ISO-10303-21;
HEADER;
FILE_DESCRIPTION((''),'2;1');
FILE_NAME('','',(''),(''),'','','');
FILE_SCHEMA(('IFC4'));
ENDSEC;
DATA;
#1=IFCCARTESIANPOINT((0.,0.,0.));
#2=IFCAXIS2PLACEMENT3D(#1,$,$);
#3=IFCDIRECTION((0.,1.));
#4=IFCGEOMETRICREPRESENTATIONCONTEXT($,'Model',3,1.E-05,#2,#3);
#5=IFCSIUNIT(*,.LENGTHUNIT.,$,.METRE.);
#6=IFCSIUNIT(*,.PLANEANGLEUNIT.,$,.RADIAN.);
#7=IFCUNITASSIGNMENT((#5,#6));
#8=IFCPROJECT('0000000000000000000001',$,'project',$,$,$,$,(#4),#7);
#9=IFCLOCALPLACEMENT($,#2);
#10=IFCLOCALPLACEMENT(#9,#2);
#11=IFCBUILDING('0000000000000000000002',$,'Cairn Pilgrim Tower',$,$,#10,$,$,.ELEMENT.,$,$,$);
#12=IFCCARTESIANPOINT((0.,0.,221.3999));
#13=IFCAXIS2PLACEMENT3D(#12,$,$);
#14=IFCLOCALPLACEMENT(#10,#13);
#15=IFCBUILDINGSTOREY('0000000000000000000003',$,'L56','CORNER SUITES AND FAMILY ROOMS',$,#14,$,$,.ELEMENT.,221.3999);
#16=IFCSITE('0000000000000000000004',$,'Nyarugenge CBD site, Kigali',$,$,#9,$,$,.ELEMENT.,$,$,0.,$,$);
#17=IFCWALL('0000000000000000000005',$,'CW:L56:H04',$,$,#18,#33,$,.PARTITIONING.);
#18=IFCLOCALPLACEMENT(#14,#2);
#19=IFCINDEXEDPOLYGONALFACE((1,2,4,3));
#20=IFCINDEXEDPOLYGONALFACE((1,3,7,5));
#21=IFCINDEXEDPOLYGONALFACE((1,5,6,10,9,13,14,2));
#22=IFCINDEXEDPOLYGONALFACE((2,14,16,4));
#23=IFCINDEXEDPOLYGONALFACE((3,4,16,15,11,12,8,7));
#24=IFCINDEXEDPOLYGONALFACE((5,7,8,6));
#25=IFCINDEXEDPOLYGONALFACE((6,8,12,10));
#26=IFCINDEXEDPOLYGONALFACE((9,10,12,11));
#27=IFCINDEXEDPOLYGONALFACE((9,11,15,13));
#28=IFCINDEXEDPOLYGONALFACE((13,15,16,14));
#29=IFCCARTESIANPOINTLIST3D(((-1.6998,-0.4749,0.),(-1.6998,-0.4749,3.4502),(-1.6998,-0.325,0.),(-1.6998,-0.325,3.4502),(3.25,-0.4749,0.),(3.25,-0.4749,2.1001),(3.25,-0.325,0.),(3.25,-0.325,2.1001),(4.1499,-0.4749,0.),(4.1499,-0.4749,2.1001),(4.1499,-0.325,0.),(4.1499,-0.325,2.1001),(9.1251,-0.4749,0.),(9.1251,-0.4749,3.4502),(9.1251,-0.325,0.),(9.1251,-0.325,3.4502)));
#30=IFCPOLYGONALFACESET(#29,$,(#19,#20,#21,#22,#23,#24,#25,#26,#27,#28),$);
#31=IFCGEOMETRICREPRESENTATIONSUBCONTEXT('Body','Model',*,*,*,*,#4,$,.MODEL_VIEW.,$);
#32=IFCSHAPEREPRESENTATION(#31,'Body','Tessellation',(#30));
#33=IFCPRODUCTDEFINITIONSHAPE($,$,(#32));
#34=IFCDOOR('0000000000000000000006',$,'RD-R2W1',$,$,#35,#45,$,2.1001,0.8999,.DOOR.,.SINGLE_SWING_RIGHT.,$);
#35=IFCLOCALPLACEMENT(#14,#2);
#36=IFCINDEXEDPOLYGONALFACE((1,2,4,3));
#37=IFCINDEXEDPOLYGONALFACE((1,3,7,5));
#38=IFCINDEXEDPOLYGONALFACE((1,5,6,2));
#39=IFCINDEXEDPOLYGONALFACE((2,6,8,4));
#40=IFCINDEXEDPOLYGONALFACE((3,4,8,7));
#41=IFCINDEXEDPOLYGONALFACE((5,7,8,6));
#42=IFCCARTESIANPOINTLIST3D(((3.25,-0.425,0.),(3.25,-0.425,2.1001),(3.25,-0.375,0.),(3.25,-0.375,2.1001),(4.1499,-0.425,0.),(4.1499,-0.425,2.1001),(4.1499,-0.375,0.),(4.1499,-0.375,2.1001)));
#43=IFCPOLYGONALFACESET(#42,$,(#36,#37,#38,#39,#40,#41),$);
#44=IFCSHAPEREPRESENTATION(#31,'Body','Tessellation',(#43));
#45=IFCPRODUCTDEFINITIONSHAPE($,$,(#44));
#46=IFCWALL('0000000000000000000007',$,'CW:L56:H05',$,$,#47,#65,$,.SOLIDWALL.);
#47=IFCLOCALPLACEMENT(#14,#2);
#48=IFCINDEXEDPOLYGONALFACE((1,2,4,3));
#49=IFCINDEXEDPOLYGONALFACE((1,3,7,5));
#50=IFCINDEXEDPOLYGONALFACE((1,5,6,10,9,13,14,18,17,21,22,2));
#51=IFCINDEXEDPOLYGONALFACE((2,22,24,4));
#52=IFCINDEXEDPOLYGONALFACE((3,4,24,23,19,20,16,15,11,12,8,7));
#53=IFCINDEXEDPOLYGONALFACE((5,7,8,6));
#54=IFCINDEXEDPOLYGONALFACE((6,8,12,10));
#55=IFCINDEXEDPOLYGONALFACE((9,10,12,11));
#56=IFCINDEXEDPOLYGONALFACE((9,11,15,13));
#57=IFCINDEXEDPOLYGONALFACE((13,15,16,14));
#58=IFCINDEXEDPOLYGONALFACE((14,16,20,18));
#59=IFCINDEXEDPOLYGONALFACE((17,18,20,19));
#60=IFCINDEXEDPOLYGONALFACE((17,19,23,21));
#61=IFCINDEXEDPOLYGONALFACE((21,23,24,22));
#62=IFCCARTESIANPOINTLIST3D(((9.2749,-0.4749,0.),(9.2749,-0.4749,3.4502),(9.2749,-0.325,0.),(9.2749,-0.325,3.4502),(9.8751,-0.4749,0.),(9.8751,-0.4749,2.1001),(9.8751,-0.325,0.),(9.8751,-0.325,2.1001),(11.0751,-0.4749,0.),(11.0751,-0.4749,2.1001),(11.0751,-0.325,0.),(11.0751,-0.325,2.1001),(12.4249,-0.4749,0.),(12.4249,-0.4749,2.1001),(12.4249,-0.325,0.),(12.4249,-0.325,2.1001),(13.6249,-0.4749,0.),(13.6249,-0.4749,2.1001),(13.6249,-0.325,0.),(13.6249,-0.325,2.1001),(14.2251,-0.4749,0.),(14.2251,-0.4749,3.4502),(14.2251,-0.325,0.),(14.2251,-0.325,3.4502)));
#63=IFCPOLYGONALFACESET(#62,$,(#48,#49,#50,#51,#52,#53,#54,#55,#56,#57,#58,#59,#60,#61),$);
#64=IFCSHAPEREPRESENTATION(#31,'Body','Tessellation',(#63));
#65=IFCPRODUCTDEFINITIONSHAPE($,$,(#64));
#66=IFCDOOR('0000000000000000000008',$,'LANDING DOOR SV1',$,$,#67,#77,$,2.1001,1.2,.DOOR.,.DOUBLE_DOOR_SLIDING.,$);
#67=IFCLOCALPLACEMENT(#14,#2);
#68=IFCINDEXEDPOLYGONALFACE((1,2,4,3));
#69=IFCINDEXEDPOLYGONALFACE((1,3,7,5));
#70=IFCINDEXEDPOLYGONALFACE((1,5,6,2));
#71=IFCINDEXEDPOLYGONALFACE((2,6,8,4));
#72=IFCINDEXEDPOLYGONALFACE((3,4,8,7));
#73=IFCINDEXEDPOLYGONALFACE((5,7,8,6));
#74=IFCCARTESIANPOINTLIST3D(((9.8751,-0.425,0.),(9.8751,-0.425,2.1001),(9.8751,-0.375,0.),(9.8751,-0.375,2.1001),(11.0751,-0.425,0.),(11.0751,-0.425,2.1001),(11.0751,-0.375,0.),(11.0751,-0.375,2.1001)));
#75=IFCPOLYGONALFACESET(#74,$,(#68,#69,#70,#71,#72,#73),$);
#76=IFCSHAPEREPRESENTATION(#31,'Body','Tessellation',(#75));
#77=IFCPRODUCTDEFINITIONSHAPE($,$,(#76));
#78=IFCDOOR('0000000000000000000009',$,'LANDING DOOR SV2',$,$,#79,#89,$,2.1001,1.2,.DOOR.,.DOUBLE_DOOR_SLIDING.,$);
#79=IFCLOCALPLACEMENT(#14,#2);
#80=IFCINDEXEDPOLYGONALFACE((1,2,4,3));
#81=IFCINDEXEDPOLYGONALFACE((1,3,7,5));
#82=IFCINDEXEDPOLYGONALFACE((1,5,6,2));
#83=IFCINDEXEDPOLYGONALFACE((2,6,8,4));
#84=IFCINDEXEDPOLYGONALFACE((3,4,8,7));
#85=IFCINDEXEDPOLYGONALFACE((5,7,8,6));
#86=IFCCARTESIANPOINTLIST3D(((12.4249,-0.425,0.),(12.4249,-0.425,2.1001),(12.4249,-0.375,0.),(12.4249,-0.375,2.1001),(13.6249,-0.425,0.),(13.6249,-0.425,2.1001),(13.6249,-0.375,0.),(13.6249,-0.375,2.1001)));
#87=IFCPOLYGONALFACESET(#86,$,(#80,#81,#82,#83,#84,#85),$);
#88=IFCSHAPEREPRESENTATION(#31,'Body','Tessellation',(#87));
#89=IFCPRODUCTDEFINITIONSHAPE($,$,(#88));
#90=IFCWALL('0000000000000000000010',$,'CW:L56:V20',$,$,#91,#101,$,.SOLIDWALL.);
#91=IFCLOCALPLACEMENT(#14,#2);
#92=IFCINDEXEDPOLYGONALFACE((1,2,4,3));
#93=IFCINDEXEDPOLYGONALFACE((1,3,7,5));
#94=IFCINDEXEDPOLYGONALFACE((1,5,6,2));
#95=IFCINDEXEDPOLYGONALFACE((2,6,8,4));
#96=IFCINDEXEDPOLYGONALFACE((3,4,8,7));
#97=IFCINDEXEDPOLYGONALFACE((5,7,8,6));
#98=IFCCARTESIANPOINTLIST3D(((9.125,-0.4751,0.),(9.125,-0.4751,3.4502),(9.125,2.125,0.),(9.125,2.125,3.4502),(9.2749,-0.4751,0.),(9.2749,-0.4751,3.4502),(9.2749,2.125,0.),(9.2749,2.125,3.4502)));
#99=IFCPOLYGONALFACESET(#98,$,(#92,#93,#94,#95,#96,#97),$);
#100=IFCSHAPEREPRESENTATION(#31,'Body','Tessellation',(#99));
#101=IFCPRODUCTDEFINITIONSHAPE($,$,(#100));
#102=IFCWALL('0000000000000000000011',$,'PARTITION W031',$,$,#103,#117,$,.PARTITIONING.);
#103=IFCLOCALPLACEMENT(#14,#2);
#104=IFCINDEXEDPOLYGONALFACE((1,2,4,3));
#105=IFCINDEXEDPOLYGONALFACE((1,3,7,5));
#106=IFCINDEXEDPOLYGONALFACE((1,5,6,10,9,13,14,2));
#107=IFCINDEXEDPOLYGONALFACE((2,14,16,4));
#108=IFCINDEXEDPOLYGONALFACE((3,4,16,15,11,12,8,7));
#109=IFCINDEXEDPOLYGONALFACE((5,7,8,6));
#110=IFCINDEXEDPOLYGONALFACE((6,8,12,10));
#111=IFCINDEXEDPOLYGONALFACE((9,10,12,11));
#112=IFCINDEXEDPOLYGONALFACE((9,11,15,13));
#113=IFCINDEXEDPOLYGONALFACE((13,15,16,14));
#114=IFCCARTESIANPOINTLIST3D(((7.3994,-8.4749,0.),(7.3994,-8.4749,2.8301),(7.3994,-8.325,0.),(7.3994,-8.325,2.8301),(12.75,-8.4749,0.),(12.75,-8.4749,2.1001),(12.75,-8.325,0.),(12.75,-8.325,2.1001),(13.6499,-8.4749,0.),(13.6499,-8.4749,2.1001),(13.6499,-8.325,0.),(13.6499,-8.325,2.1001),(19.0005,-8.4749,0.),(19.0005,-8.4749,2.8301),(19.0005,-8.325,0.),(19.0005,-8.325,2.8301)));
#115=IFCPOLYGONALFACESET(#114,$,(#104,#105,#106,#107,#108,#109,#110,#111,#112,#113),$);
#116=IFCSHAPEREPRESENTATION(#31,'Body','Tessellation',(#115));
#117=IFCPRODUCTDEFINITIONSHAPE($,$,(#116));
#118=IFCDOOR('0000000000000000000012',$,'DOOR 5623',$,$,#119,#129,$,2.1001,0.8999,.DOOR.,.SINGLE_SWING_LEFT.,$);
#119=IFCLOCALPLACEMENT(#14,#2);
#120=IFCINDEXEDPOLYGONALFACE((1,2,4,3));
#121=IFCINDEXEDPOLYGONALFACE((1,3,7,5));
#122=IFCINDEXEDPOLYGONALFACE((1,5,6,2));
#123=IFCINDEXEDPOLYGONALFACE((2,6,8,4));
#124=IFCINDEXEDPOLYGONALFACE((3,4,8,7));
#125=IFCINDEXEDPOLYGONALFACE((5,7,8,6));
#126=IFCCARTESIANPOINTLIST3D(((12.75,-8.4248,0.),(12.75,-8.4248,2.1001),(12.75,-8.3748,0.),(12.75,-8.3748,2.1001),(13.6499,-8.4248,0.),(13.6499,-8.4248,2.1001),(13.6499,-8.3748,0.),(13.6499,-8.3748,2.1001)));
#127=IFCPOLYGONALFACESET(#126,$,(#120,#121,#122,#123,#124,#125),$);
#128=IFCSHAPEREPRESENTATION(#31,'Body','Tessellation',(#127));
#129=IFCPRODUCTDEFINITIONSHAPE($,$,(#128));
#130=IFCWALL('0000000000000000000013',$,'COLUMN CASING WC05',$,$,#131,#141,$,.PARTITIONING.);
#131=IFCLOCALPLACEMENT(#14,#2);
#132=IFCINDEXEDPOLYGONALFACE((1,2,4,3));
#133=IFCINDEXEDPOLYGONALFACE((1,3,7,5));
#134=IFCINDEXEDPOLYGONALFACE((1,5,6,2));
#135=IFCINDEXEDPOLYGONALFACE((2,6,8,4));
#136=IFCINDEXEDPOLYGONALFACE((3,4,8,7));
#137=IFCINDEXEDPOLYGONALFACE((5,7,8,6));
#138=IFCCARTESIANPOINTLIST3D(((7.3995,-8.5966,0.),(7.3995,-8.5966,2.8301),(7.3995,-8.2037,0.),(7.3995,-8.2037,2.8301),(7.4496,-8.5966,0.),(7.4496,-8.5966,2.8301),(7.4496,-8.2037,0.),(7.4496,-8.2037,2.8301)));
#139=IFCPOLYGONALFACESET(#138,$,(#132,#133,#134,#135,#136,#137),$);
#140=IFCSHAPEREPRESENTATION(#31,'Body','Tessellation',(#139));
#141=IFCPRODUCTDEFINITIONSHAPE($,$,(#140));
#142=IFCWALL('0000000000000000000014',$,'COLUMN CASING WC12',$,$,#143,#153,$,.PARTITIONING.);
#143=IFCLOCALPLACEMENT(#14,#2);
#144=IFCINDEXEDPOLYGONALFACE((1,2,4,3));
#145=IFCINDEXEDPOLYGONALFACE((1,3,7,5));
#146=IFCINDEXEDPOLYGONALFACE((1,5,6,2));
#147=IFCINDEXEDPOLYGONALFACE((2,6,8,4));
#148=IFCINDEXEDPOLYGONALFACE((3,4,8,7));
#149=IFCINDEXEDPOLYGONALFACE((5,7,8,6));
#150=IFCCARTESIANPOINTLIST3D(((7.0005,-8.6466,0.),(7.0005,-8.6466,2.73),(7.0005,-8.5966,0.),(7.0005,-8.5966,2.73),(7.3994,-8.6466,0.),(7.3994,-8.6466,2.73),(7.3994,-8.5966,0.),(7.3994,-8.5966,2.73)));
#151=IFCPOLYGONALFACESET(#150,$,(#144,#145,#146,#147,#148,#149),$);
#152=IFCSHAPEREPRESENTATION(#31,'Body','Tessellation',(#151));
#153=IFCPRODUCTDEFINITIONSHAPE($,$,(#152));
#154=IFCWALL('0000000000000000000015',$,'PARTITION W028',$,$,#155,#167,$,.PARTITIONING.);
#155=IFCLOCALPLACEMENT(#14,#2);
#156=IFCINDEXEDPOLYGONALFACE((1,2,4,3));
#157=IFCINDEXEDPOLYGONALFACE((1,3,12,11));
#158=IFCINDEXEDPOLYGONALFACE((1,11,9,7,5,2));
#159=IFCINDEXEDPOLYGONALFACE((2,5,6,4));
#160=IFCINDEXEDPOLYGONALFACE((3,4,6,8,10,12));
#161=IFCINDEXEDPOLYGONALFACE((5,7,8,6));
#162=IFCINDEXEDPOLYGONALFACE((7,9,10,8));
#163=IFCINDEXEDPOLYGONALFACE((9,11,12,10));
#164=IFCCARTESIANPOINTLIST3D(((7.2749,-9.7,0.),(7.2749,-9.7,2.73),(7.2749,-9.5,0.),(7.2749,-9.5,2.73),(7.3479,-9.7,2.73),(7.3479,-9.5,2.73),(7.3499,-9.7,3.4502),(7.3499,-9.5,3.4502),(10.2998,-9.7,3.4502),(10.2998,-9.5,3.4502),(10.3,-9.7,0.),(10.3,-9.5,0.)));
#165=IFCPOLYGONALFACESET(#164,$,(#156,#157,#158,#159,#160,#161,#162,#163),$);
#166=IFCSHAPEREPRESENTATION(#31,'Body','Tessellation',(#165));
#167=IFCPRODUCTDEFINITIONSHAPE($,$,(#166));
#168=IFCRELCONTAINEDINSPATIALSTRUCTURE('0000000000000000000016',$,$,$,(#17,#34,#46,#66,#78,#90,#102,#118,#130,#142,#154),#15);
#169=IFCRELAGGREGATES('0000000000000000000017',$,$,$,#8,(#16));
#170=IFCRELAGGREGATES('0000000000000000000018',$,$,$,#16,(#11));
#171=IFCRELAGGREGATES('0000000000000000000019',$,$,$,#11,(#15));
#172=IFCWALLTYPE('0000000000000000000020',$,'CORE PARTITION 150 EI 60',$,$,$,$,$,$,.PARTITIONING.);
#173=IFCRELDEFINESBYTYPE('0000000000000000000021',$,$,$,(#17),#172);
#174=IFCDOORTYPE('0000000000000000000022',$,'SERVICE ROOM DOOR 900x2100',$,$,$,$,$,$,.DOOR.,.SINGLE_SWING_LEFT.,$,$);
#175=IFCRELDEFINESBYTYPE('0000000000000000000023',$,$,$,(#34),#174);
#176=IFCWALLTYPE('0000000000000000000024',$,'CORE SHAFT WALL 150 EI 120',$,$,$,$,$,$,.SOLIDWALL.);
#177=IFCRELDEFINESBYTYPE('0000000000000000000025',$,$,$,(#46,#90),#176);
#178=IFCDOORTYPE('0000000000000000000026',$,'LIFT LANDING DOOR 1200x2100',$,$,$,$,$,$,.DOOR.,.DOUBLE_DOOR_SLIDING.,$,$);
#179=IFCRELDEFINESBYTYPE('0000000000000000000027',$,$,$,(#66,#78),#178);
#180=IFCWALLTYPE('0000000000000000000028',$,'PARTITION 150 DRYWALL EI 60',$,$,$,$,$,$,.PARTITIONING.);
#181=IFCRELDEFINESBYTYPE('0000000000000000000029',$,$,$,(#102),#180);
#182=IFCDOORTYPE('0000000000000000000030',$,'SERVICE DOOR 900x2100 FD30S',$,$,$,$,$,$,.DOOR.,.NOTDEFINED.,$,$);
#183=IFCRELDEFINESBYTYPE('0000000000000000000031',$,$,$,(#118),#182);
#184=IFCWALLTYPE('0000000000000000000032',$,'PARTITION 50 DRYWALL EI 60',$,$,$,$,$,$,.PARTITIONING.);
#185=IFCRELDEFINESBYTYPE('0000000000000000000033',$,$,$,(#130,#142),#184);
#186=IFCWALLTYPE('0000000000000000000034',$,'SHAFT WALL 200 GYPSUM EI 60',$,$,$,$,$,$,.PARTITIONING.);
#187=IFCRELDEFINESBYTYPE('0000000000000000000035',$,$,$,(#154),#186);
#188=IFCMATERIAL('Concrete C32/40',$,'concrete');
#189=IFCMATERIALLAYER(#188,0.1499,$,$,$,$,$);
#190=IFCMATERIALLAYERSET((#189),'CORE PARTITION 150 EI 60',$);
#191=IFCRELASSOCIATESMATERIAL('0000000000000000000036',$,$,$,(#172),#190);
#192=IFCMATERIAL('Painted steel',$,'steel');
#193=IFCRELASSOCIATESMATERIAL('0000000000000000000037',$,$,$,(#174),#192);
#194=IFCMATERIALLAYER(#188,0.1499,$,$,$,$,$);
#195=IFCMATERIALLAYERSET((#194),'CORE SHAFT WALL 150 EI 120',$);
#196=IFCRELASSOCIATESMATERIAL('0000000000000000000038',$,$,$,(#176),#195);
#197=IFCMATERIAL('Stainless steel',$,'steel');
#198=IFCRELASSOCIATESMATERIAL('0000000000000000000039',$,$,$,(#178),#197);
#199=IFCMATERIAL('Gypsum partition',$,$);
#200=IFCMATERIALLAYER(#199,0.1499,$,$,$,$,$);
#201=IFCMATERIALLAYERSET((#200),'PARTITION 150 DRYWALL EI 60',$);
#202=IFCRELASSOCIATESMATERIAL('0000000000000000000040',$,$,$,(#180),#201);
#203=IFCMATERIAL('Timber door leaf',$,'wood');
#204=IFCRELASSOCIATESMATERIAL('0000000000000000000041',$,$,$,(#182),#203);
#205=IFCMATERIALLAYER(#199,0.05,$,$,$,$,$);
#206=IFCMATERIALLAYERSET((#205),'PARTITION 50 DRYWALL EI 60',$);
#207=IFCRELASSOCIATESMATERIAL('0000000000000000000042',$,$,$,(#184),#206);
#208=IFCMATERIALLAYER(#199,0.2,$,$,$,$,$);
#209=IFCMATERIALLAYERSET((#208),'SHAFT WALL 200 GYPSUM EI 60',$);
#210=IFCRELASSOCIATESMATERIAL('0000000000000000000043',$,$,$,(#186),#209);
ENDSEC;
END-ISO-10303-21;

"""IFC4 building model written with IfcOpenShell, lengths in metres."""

from ifc_helpers import new_model, si_unit, direction, frame, frame_2d, origin, place, context, subcontext, project, spatial, polyline, rectangle, outline, extrude, material, layer, layer_set, type_object, element, fill, save


model = new_model("IFC4")

# Units and contexts
model_context = context("Model", 3, precision=1e-05, world=origin(), true_north=direction((0.0, 1.0)))
body_context = subcontext(model_context, "Body", "Model", "MODEL_VIEW")
ifc_project = project(units=[si_unit("LENGTHUNIT", "METRE"), si_unit("PLANEANGLEUNIT", "RADIAN")], contexts=[model_context])

# Site, building, storey
site_placement = place(None, origin())
site = spatial("IfcSite", under=ifc_project, at=site_placement, Name="Nyarugenge CBD site, Kigali", CompositionType="ELEMENT", RefElevation=0.0)
building_placement = place(site_placement, origin())
building = spatial("IfcBuilding", under=site, at=building_placement, Name="Cairn Pilgrim Tower", CompositionType="ELEMENT")
storey_placement = place(building_placement, frame((0.0, 0.0, 221.3999)))
storey = spatial("IfcBuildingStorey", under=building, at=storey_placement, Name="L56", Description="CORNER SUITES AND FAMILY ROOMS", CompositionType="ELEMENT", Elevation=221.3999)

# Shared definitions
ifc_material_1 = material(Name="Concrete C32/40", Category="concrete")

# Wall, opening, door
ifc_layer_1 = layer(ifc_material_1, 0.1499)
ifc_layer_set_1 = layer_set([ifc_layer_1], Name="CORE PARTITION 150 EI 60")
wall_type_1 = type_object("IfcWallType", Name="CORE PARTITION 150 EI 60", PredefinedType="PARTITIONING", material=ifc_layer_set_1)
ifc_material_2 = material(Name="Painted steel", Category="steel")
door_type_1 = type_object("IfcDoorType", Name="SERVICE ROOM DOOR 900x2100", OperationType="SINGLE_SWING_LEFT", PredefinedType="DOOR", material=ifc_material_2)
wall_1_placement = place(storey_placement, frame((-1.7, -0.3999, 0.0), z_axis=(0.0, 0.0, 1.0), x_axis=(1.0, 0.0, 0.0)))
wall_1 = element("IfcWall", 1, at=wall_1_placement, inside=storey, type_object=wall_type_1, Name="CW:L56:H04", PredefinedType="PARTITIONING", context=body_context, shape_type="SweptSolid", body=[
    extrude(rectangle(XDim=10.825, YDim=0.1499, at=frame_2d((5.4126, 0.0))), origin(), (0.0, 0.0, 1.0), 3.4502),
])
opening_1_placement = place(wall_1_placement, frame((4.95, 0.0, 0.0)))
opening_1 = element("IfcOpeningElement", 2, at=opening_1_placement, cuts=wall_1, PredefinedType="OPENING", context=body_context, shape_type="SweptSolid", body=[
    extrude(rectangle(XDim=0.8999, YDim=2.1001, at=frame_2d((0.45, 1.05))), frame((0.0, 0.085, 0.0), z_axis=(0.0, -1.0, 0.0), x_axis=(1.0, 0.0, 0.0)), (0.0, 0.0, 1.0), 0.1699),
])
door_1_placement = place(opening_1_placement, origin())
door_1 = element("IfcDoor", 3, at=door_1_placement, inside=storey, type_object=door_type_1, Name="RD-R2W1", OperationType="SINGLE_SWING_RIGHT", OverallHeight=2.1001, OverallWidth=0.8999, PredefinedType="DOOR", context=body_context, shape_type="SweptSolid", body=[
    extrude(rectangle(XDim=0.8999, YDim=2.1001, at=frame_2d((0.45, 1.05))), frame((0.0, 0.0249, 0.0), z_axis=(0.0, -1.0, 0.0), x_axis=(1.0, 0.0, 0.0)), (0.0, 0.0, 1.0), 0.05),
])
fill(opening_1, door_1)

# Wall, openings, doors
ifc_layer_2 = layer(ifc_material_1, 0.1499)
ifc_layer_set_2 = layer_set([ifc_layer_2], Name="CORE SHAFT WALL 150 EI 120")
wall_type_2 = type_object("IfcWallType", Name="CORE SHAFT WALL 150 EI 120", PredefinedType="SOLIDWALL", material=ifc_layer_set_2)
wall_2_placement = place(storey_placement, frame((9.2749, -0.3999, 0.0), z_axis=(0.0, 0.0, 1.0), x_axis=(1.0, 0.0, 0.0)))
wall_2 = element("IfcWall", 4, at=wall_2_placement, inside=storey, type_object=wall_type_2, Name="CW:L56:H05", PredefinedType="SOLIDWALL", context=body_context, shape_type="SweptSolid", body=[
    extrude(rectangle(XDim=4.9502, YDim=0.1499, at=frame_2d((2.4751, 0.0))), origin(), (0.0, 0.0, 1.0), 3.4502),
])
opening_2_placement = place(wall_2_placement, frame((0.6001, 0.0, 0.0)))
opening_2 = element("IfcOpeningElement", 5, at=opening_2_placement, cuts=wall_2, PredefinedType="OPENING", context=body_context, shape_type="SweptSolid", body=[
    extrude(rectangle(XDim=1.2, YDim=2.1001, at=frame_2d((0.6001, 1.05))), frame((0.0, 0.085, 0.0), z_axis=(0.0, -1.0, 0.0), x_axis=(1.0, 0.0, 0.0)), (0.0, 0.0, 1.0), 0.1699),
])
opening_3_placement = place(wall_2_placement, frame((3.1499, 0.0, 0.0)))
opening_3 = element("IfcOpeningElement", 6, at=opening_3_placement, cuts=wall_2, PredefinedType="OPENING", context=body_context, shape_type="SweptSolid", body=[
    extrude(rectangle(XDim=1.2, YDim=2.1001, at=frame_2d((0.6001, 1.05))), frame((0.0, 0.085, 0.0), z_axis=(0.0, -1.0, 0.0), x_axis=(1.0, 0.0, 0.0)), (0.0, 0.0, 1.0), 0.1699),
])
ifc_material_3 = material(Name="Stainless steel", Category="steel")
door_type_2 = type_object("IfcDoorType", Name="LIFT LANDING DOOR 1200x2100", OperationType="DOUBLE_DOOR_SLIDING", PredefinedType="DOOR", material=ifc_material_3)
door_2_placement = place(opening_2_placement, origin())
door_2 = element("IfcDoor", 7, at=door_2_placement, inside=storey, type_object=door_type_2, Name="LANDING DOOR SV1", OperationType="DOUBLE_DOOR_SLIDING", OverallHeight=2.1001, OverallWidth=1.2, PredefinedType="DOOR", context=body_context, shape_type="SweptSolid", body=[
    extrude(rectangle(XDim=1.2, YDim=2.1001, at=frame_2d((0.6001, 1.05))), frame((0.0, 0.0249, 0.0), z_axis=(0.0, -1.0, 0.0), x_axis=(1.0, 0.0, 0.0)), (0.0, 0.0, 1.0), 0.05),
])
fill(opening_2, door_2)
door_3_placement = place(opening_3_placement, origin())
door_3 = element("IfcDoor", 8, at=door_3_placement, inside=storey, type_object=door_type_2, Name="LANDING DOOR SV2", OperationType="DOUBLE_DOOR_SLIDING", OverallHeight=2.1001, OverallWidth=1.2, PredefinedType="DOOR", context=body_context, shape_type="SweptSolid", body=[
    extrude(rectangle(XDim=1.2, YDim=2.1001, at=frame_2d((0.6001, 1.05))), frame((0.0, 0.0249, 0.0), z_axis=(0.0, -1.0, 0.0), x_axis=(1.0, 0.0, 0.0)), (0.0, 0.0, 1.0), 0.05),
])
fill(opening_3, door_3)

# Wall
wall_3_placement = place(storey_placement, frame((9.2, -0.4751, 0.0), z_axis=(0.0, 0.0, 1.0), x_axis=(0.0, 1.0, 0.0)))
element("IfcWall", 9, at=wall_3_placement, inside=storey, type_object=wall_type_2, Name="CW:L56:V20", PredefinedType="SOLIDWALL", context=body_context, shape_type="SweptSolid", body=[
    extrude(rectangle(XDim=2.6001, YDim=0.1499, at=frame_2d((1.3, 0.0))), origin(), (0.0, 0.0, 1.0), 3.4502),
])

# Wall, opening, door
ifc_material_4 = material(Name="Gypsum partition")
ifc_layer_3 = layer(ifc_material_4, 0.1499)
ifc_layer_set_3 = layer_set([ifc_layer_3], Name="PARTITION 150 DRYWALL EI 60")
wall_type_3 = type_object("IfcWallType", Name="PARTITION 150 DRYWALL EI 60", PredefinedType="PARTITIONING", material=ifc_layer_set_3)
wall_4_placement = place(storey_placement, frame((7.3994, -8.3999, 0.0), z_axis=(0.0, 0.0, 1.0), x_axis=(1.0, 0.0, 0.0)))
wall_4 = element("IfcWall", 10, at=wall_4_placement, inside=storey, type_object=wall_type_3, Name="PARTITION W031", PredefinedType="PARTITIONING", context=body_context, shape_type="SweptSolid", body=[
    extrude(rectangle(XDim=11.6011, YDim=0.1499, at=frame_2d((5.8005, 0.0))), origin(), (0.0, 0.0, 1.0), 2.8301),
])
opening_4_placement = place(wall_4_placement, frame((5.3506, 0.0, 0.0)))
opening_4 = element("IfcOpeningElement", 11, at=opening_4_placement, cuts=wall_4, PredefinedType="OPENING", context=body_context, shape_type="SweptSolid", body=[
    extrude(rectangle(XDim=0.8999, YDim=2.1001, at=frame_2d((0.45, 1.05))), frame((0.0, 0.085, 0.0), z_axis=(0.0, -1.0, 0.0), x_axis=(1.0, 0.0, 0.0)), (0.0, 0.0, 1.0), 0.1699),
])
ifc_material_5 = material(Name="Timber door leaf", Category="wood")
door_type_3 = type_object("IfcDoorType", Name="SERVICE DOOR 900x2100 FD30S", OperationType="NOTDEFINED", PredefinedType="DOOR", material=ifc_material_5)
door_4_placement = place(opening_4_placement, frame((0.8999, 0.0, 0.0), z_axis=(0.0, 0.0, 1.0), x_axis=(-1.0, 0.0, 0.0)))
door_4 = element("IfcDoor", 12, at=door_4_placement, inside=storey, type_object=door_type_3, Name="DOOR 5623", OperationType="SINGLE_SWING_LEFT", OverallHeight=2.1001, OverallWidth=0.8999, PredefinedType="DOOR", context=body_context, shape_type="SweptSolid", body=[
    extrude(rectangle(XDim=0.8999, YDim=2.1001, at=frame_2d((0.45, 1.05))), frame((0.0, 0.0249, 0.0), z_axis=(0.0, -1.0, 0.0), x_axis=(1.0, 0.0, 0.0)), (0.0, 0.0, 1.0), 0.05),
])
fill(opening_4, door_4)

# Walls
ifc_layer_4 = layer(ifc_material_4, 0.05)
ifc_layer_set_4 = layer_set([ifc_layer_4], Name="PARTITION 50 DRYWALL EI 60")
wall_type_4 = type_object("IfcWallType", Name="PARTITION 50 DRYWALL EI 60", PredefinedType="PARTITIONING", material=ifc_layer_set_4)
wall_5_placement = place(storey_placement, frame((7.4246, -8.5964, 0.0), z_axis=(0.0, 0.0, 1.0), x_axis=(0.0, 1.0, 0.0)))
element("IfcWall", 13, at=wall_5_placement, inside=storey, type_object=wall_type_4, Name="COLUMN CASING WC05", PredefinedType="PARTITIONING", context=body_context, shape_type="SweptSolid", body=[
    extrude(rectangle(XDim=0.3928, YDim=0.05, at=frame_2d((0.1963, 0.0))), origin(), (0.0, 0.0, 1.0), 2.8301),
])
wall_6_placement = place(storey_placement, frame((7.0005, -8.6216, 0.0), z_axis=(0.0, 0.0, 1.0), x_axis=(1.0, 0.0, 0.0)))
element("IfcWall", 14, at=wall_6_placement, inside=storey, type_object=wall_type_4, Name="COLUMN CASING WC12", PredefinedType="PARTITIONING", context=body_context, shape_type="SweptSolid", body=[
    extrude(rectangle(XDim=0.3989, YDim=0.05, at=frame_2d((0.1995, 0.0))), origin(), (0.0, 0.0, 1.0), 2.73),
])
ifc_layer_5 = layer(ifc_material_4, 0.2)
ifc_layer_set_5 = layer_set([ifc_layer_5], Name="SHAFT WALL 200 GYPSUM EI 60")
wall_type_5 = type_object("IfcWallType", Name="SHAFT WALL 200 GYPSUM EI 60", PredefinedType="PARTITIONING", material=ifc_layer_set_5)
wall_7_placement = place(storey_placement, frame((7.2749, -9.6001, 0.0), z_axis=(0.0, 0.0, 1.0), x_axis=(1.0, 0.0, 0.0)))
element("IfcWall", 15, at=wall_7_placement, inside=storey, type_object=wall_type_5, Name="PARTITION W028", PredefinedType="PARTITIONING", context=body_context, shape_type="SweptSolid", body=[
    extrude(outline(polyline([(0.0, 0.0), (3.0251, 0.0), (3.0249, 3.4502), (0.075, 3.4502), (0.073, 2.73), (0.0, 2.73), (0.0, 0.0)])), frame((0.0, 0.1001, 0.0), z_axis=(0.0, -1.0, 0.0), x_axis=(1.0, 0.0, 0.0)), (0.0, 0.0, 1.0), 0.2),
])

save(model, "model.ifc")
